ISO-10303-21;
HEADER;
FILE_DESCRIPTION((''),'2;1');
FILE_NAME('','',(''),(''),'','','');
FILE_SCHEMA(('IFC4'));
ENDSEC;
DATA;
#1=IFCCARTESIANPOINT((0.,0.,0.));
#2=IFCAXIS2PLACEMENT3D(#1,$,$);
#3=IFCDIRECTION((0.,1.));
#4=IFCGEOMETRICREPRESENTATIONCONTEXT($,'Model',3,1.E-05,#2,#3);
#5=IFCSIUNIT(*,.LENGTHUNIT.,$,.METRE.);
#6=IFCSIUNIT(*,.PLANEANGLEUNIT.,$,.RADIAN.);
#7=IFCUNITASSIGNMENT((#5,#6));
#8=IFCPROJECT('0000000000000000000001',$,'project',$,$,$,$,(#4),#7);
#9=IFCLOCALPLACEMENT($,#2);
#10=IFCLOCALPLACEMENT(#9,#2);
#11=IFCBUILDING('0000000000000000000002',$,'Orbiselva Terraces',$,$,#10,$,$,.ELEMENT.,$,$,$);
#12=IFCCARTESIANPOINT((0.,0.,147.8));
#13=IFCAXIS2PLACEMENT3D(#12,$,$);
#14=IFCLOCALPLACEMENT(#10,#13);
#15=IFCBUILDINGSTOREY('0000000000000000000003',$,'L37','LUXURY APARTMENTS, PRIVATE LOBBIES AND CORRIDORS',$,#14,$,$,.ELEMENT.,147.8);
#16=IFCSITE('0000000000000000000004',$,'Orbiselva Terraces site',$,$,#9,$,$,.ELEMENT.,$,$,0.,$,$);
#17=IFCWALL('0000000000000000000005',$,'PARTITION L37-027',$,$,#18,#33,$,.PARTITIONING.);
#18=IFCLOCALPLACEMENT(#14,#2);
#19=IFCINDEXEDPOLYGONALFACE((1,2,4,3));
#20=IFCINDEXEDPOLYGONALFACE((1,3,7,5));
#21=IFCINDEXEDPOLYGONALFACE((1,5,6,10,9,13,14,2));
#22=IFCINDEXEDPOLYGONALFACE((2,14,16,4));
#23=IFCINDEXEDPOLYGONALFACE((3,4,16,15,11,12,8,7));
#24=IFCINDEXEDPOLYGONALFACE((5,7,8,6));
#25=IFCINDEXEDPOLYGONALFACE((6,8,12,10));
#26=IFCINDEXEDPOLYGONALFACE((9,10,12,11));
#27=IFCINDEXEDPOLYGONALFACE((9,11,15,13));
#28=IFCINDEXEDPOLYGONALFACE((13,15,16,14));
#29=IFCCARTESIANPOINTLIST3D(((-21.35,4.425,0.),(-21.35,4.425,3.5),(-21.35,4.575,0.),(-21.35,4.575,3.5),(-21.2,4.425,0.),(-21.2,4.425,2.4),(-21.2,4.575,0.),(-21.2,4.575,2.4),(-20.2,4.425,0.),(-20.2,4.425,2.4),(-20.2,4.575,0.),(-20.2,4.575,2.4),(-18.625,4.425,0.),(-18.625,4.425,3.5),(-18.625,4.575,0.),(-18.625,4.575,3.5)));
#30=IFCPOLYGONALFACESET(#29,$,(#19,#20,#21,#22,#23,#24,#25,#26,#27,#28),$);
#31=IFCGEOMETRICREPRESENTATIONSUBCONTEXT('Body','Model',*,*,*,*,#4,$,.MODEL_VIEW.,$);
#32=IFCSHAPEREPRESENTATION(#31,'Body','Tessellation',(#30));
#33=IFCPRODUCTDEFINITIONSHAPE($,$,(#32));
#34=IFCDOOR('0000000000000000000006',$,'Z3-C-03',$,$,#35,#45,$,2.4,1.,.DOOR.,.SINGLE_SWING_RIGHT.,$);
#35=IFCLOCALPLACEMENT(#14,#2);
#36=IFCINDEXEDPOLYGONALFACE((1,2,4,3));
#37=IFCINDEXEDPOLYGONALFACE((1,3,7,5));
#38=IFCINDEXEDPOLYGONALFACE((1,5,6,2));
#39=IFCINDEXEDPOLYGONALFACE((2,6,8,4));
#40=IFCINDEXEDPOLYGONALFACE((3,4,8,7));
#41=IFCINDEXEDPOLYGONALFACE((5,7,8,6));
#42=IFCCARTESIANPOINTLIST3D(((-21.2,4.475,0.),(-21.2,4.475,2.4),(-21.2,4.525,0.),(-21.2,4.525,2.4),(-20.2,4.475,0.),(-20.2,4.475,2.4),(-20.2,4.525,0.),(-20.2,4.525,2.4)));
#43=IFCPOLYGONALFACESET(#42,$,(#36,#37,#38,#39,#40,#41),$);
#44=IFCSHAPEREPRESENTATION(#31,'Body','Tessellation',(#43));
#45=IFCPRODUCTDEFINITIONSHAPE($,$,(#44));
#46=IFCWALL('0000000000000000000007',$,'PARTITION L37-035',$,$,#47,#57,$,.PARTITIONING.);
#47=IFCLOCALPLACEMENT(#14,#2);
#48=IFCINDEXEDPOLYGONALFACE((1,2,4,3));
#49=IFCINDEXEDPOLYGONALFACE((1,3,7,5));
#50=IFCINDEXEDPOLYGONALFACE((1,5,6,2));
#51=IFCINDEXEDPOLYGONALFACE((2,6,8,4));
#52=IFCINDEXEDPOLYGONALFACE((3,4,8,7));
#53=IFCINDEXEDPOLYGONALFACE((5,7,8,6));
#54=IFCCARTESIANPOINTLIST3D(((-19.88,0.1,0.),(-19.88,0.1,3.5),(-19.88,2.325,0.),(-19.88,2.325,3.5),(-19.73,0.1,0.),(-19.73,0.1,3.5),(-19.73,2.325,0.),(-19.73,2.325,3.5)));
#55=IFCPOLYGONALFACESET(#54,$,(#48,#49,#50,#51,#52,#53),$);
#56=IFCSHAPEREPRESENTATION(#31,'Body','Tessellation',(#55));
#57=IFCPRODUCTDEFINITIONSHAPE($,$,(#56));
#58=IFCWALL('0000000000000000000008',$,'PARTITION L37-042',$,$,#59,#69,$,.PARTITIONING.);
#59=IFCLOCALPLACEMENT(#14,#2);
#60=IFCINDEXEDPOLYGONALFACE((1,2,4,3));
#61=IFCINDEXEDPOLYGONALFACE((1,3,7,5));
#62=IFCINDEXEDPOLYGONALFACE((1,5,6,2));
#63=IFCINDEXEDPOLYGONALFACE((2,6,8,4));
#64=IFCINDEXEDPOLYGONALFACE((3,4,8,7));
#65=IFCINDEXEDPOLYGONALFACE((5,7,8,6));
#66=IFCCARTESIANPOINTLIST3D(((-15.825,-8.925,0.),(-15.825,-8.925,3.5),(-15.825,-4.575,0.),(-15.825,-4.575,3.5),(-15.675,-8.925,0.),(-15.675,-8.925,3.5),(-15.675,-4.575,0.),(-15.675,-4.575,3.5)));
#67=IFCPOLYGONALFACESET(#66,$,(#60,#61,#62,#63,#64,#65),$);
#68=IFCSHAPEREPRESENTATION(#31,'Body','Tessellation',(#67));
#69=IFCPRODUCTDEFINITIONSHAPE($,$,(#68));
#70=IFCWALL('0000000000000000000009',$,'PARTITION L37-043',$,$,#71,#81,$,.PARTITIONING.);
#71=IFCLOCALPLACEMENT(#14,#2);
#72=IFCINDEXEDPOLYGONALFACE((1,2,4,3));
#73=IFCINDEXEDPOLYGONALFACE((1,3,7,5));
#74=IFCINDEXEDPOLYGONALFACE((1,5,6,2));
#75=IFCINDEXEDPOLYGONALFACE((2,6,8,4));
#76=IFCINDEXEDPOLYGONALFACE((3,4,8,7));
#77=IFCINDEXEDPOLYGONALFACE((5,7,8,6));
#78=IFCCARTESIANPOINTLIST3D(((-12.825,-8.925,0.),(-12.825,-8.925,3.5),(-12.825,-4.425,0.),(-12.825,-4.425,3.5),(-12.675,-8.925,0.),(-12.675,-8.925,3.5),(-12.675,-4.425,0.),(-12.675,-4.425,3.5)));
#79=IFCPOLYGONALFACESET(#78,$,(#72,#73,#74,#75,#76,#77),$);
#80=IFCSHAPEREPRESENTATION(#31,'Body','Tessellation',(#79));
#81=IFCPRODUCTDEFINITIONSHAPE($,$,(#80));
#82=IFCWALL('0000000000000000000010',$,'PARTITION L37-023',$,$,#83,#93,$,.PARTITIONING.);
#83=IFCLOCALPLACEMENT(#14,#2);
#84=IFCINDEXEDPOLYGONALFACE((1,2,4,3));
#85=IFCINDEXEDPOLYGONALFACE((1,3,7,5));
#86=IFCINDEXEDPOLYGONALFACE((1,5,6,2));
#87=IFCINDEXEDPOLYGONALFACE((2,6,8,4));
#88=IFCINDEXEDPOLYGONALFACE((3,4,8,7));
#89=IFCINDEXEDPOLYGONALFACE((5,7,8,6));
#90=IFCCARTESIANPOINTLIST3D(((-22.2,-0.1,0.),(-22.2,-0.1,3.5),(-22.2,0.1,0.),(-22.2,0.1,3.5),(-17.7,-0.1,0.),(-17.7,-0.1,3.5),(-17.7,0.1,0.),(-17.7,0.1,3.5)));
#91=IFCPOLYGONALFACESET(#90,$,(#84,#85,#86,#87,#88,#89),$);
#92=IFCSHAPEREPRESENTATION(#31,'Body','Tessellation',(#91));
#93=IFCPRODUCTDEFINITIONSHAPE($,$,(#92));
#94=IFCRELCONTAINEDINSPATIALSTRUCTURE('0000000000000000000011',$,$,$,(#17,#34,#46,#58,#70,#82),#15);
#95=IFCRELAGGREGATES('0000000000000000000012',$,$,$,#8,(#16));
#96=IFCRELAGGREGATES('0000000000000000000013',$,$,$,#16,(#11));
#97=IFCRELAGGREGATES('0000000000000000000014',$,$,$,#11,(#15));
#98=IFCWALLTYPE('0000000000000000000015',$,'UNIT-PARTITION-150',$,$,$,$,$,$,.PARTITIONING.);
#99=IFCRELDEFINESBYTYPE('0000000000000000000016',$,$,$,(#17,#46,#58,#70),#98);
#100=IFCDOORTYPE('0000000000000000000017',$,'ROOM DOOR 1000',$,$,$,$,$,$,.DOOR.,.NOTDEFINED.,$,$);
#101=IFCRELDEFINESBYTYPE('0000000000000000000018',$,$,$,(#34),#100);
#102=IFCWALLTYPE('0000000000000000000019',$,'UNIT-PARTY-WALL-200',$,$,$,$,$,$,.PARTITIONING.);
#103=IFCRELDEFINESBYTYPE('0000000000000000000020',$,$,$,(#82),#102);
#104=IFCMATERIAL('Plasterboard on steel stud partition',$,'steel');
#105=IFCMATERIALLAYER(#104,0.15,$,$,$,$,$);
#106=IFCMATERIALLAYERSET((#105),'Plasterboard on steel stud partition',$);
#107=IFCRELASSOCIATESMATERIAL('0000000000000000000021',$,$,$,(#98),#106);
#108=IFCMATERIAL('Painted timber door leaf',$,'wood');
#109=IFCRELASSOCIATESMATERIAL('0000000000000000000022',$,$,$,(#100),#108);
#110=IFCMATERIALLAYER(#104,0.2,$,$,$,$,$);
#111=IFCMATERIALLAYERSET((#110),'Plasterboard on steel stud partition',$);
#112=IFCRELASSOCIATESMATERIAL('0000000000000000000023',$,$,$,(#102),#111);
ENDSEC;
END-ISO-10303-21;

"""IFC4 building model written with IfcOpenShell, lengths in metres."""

from ifc_helpers import new_model, si_unit, direction, frame, frame_2d, origin, place, context, subcontext, project, spatial, rectangle, extrude, material, layer, layer_set, type_object, element, fill, save


model = new_model("IFC4")

# Units and contexts
model_context = context("Model", 3, precision=1e-05, world=origin(), true_north=direction((0.0, 1.0)))
body_context = subcontext(model_context, "Body", "Model", "MODEL_VIEW")
ifc_project = project(units=[si_unit("LENGTHUNIT", "METRE"), si_unit("PLANEANGLEUNIT", "RADIAN")], contexts=[model_context])

# Site, building, storey
site_placement = place(None, origin())
site = spatial("IfcSite", under=ifc_project, at=site_placement, Name="Orbiselva Terraces site", CompositionType="ELEMENT", RefElevation=0.0)
building_placement = place(site_placement, origin())
building = spatial("IfcBuilding", under=site, at=building_placement, Name="Orbiselva Terraces", CompositionType="ELEMENT")
storey_placement = place(building_placement, frame((0.0, 0.0, 147.8)))
storey = spatial("IfcBuildingStorey", under=building, at=storey_placement, Name="L37", Description="LUXURY APARTMENTS, PRIVATE LOBBIES AND CORRIDORS", CompositionType="ELEMENT", Elevation=147.8)

# Shared definitions
ifc_material_1 = material(Name="Plasterboard on steel stud partition", Category="steel")

# Shared definitions
ifc_layer_1 = layer(ifc_material_1, 0.15)
ifc_layer_set_1 = layer_set([ifc_layer_1], Name="Plasterboard on steel stud partition")
wall_type_1 = type_object("IfcWallType", Name="UNIT-PARTITION-150", PredefinedType="PARTITIONING", material=ifc_layer_set_1)
ifc_material_2 = material(Name="Painted timber door leaf", Category="wood")

# Wall, opening, door
wall_1_placement = place(storey_placement, frame((-18.625, 4.5, 0.0), z_axis=(0.0, 0.0, 1.0), x_axis=(-1.0, 0.0, 0.0)))
wall_1 = element("IfcWall", 1, at=wall_1_placement, inside=storey, type_object=wall_type_1, Name="PARTITION L37-027", PredefinedType="PARTITIONING", context=body_context, shape_type="SweptSolid", body=[
    extrude(rectangle(XDim=2.725, YDim=0.15, at=frame_2d((1.3625, 0.0))), origin(), (0.0, 0.0, 1.0), 3.5),
])
opening_1_placement = place(wall_1_placement, frame((1.575, 0.0, 0.0)))
opening_1 = element("IfcOpeningElement", 2, at=opening_1_placement, cuts=wall_1, PredefinedType="OPENING", context=body_context, shape_type="SweptSolid", body=[
    extrude(rectangle(XDim=1.0, YDim=2.4, at=frame_2d((0.5, 1.2))), frame((0.0, 0.085, 0.0), z_axis=(0.0, -1.0, 0.0), x_axis=(1.0, 0.0, 0.0)), (0.0, 0.0, 1.0), 0.17),
])
door_type_1 = type_object("IfcDoorType", Name="ROOM DOOR 1000", OperationType="NOTDEFINED", PredefinedType="DOOR", material=ifc_material_2)
door_1_placement = place(opening_1_placement, origin())
door_1 = element("IfcDoor", 3, at=door_1_placement, inside=storey, type_object=door_type_1, Name="Z3-C-03", OperationType="SINGLE_SWING_RIGHT", OverallHeight=2.4, OverallWidth=1.0, PredefinedType="DOOR", context=body_context, shape_type="SweptSolid", body=[
    extrude(rectangle(XDim=1.0, YDim=2.4, at=frame_2d((0.5, 1.2))), frame((0.0, 0.025, 0.0), z_axis=(0.0, -1.0, 0.0), x_axis=(1.0, 0.0, 0.0)), (0.0, 0.0, 1.0), 0.05),
])
fill(opening_1, door_1)

# Walls
wall_2_placement = place(storey_placement, frame((-19.805, 0.1, 0.0), z_axis=(0.0, 0.0, 1.0), x_axis=(0.0, 1.0, 0.0)))
element("IfcWall", 4, at=wall_2_placement, inside=storey, type_object=wall_type_1, Name="PARTITION L37-035", PredefinedType="PARTITIONING", context=body_context, shape_type="SweptSolid", body=[
    extrude(rectangle(XDim=2.225, YDim=0.15, at=frame_2d((1.1125, 0.0))), origin(), (0.0, 0.0, 1.0), 3.5),
])
wall_3_placement = place(storey_placement, frame((-15.75, -8.925, 0.0), z_axis=(0.0, 0.0, 1.0), x_axis=(0.0, 1.0, 0.0)))
element("IfcWall", 5, at=wall_3_placement, inside=storey, type_object=wall_type_1, Name="PARTITION L37-042", PredefinedType="PARTITIONING", context=body_context, shape_type="SweptSolid", body=[
    extrude(rectangle(XDim=4.35, YDim=0.15, at=frame_2d((2.175, 0.0))), origin(), (0.0, 0.0, 1.0), 3.5),
])
wall_4_placement = place(storey_placement, frame((-12.75, -8.925, 0.0), z_axis=(0.0, 0.0, 1.0), x_axis=(0.0, 1.0, 0.0)))
element("IfcWall", 6, at=wall_4_placement, inside=storey, type_object=wall_type_1, Name="PARTITION L37-043", PredefinedType="PARTITIONING", context=body_context, shape_type="SweptSolid", body=[
    extrude(rectangle(XDim=4.5, YDim=0.15, at=frame_2d((2.25, 0.0))), origin(), (0.0, 0.0, 1.0), 3.5),
])
ifc_layer_2 = layer(ifc_material_1, 0.2)
ifc_layer_set_2 = layer_set([ifc_layer_2], Name="Plasterboard on steel stud partition")
wall_type_2 = type_object("IfcWallType", Name="UNIT-PARTY-WALL-200", PredefinedType="PARTITIONING", material=ifc_layer_set_2)
wall_5_placement = place(storey_placement, frame((-22.2, 0.0, 0.0), z_axis=(0.0, 0.0, 1.0), x_axis=(1.0, 0.0, 0.0)))
element("IfcWall", 7, at=wall_5_placement, inside=storey, type_object=wall_type_2, Name="PARTITION L37-023", PredefinedType="PARTITIONING", context=body_context, shape_type="SweptSolid", body=[
    extrude(rectangle(XDim=4.5, YDim=0.2, at=frame_2d((2.25, 0.0))), origin(), (0.0, 0.0, 1.0), 3.5),
])

save(model, "model.ifc")
